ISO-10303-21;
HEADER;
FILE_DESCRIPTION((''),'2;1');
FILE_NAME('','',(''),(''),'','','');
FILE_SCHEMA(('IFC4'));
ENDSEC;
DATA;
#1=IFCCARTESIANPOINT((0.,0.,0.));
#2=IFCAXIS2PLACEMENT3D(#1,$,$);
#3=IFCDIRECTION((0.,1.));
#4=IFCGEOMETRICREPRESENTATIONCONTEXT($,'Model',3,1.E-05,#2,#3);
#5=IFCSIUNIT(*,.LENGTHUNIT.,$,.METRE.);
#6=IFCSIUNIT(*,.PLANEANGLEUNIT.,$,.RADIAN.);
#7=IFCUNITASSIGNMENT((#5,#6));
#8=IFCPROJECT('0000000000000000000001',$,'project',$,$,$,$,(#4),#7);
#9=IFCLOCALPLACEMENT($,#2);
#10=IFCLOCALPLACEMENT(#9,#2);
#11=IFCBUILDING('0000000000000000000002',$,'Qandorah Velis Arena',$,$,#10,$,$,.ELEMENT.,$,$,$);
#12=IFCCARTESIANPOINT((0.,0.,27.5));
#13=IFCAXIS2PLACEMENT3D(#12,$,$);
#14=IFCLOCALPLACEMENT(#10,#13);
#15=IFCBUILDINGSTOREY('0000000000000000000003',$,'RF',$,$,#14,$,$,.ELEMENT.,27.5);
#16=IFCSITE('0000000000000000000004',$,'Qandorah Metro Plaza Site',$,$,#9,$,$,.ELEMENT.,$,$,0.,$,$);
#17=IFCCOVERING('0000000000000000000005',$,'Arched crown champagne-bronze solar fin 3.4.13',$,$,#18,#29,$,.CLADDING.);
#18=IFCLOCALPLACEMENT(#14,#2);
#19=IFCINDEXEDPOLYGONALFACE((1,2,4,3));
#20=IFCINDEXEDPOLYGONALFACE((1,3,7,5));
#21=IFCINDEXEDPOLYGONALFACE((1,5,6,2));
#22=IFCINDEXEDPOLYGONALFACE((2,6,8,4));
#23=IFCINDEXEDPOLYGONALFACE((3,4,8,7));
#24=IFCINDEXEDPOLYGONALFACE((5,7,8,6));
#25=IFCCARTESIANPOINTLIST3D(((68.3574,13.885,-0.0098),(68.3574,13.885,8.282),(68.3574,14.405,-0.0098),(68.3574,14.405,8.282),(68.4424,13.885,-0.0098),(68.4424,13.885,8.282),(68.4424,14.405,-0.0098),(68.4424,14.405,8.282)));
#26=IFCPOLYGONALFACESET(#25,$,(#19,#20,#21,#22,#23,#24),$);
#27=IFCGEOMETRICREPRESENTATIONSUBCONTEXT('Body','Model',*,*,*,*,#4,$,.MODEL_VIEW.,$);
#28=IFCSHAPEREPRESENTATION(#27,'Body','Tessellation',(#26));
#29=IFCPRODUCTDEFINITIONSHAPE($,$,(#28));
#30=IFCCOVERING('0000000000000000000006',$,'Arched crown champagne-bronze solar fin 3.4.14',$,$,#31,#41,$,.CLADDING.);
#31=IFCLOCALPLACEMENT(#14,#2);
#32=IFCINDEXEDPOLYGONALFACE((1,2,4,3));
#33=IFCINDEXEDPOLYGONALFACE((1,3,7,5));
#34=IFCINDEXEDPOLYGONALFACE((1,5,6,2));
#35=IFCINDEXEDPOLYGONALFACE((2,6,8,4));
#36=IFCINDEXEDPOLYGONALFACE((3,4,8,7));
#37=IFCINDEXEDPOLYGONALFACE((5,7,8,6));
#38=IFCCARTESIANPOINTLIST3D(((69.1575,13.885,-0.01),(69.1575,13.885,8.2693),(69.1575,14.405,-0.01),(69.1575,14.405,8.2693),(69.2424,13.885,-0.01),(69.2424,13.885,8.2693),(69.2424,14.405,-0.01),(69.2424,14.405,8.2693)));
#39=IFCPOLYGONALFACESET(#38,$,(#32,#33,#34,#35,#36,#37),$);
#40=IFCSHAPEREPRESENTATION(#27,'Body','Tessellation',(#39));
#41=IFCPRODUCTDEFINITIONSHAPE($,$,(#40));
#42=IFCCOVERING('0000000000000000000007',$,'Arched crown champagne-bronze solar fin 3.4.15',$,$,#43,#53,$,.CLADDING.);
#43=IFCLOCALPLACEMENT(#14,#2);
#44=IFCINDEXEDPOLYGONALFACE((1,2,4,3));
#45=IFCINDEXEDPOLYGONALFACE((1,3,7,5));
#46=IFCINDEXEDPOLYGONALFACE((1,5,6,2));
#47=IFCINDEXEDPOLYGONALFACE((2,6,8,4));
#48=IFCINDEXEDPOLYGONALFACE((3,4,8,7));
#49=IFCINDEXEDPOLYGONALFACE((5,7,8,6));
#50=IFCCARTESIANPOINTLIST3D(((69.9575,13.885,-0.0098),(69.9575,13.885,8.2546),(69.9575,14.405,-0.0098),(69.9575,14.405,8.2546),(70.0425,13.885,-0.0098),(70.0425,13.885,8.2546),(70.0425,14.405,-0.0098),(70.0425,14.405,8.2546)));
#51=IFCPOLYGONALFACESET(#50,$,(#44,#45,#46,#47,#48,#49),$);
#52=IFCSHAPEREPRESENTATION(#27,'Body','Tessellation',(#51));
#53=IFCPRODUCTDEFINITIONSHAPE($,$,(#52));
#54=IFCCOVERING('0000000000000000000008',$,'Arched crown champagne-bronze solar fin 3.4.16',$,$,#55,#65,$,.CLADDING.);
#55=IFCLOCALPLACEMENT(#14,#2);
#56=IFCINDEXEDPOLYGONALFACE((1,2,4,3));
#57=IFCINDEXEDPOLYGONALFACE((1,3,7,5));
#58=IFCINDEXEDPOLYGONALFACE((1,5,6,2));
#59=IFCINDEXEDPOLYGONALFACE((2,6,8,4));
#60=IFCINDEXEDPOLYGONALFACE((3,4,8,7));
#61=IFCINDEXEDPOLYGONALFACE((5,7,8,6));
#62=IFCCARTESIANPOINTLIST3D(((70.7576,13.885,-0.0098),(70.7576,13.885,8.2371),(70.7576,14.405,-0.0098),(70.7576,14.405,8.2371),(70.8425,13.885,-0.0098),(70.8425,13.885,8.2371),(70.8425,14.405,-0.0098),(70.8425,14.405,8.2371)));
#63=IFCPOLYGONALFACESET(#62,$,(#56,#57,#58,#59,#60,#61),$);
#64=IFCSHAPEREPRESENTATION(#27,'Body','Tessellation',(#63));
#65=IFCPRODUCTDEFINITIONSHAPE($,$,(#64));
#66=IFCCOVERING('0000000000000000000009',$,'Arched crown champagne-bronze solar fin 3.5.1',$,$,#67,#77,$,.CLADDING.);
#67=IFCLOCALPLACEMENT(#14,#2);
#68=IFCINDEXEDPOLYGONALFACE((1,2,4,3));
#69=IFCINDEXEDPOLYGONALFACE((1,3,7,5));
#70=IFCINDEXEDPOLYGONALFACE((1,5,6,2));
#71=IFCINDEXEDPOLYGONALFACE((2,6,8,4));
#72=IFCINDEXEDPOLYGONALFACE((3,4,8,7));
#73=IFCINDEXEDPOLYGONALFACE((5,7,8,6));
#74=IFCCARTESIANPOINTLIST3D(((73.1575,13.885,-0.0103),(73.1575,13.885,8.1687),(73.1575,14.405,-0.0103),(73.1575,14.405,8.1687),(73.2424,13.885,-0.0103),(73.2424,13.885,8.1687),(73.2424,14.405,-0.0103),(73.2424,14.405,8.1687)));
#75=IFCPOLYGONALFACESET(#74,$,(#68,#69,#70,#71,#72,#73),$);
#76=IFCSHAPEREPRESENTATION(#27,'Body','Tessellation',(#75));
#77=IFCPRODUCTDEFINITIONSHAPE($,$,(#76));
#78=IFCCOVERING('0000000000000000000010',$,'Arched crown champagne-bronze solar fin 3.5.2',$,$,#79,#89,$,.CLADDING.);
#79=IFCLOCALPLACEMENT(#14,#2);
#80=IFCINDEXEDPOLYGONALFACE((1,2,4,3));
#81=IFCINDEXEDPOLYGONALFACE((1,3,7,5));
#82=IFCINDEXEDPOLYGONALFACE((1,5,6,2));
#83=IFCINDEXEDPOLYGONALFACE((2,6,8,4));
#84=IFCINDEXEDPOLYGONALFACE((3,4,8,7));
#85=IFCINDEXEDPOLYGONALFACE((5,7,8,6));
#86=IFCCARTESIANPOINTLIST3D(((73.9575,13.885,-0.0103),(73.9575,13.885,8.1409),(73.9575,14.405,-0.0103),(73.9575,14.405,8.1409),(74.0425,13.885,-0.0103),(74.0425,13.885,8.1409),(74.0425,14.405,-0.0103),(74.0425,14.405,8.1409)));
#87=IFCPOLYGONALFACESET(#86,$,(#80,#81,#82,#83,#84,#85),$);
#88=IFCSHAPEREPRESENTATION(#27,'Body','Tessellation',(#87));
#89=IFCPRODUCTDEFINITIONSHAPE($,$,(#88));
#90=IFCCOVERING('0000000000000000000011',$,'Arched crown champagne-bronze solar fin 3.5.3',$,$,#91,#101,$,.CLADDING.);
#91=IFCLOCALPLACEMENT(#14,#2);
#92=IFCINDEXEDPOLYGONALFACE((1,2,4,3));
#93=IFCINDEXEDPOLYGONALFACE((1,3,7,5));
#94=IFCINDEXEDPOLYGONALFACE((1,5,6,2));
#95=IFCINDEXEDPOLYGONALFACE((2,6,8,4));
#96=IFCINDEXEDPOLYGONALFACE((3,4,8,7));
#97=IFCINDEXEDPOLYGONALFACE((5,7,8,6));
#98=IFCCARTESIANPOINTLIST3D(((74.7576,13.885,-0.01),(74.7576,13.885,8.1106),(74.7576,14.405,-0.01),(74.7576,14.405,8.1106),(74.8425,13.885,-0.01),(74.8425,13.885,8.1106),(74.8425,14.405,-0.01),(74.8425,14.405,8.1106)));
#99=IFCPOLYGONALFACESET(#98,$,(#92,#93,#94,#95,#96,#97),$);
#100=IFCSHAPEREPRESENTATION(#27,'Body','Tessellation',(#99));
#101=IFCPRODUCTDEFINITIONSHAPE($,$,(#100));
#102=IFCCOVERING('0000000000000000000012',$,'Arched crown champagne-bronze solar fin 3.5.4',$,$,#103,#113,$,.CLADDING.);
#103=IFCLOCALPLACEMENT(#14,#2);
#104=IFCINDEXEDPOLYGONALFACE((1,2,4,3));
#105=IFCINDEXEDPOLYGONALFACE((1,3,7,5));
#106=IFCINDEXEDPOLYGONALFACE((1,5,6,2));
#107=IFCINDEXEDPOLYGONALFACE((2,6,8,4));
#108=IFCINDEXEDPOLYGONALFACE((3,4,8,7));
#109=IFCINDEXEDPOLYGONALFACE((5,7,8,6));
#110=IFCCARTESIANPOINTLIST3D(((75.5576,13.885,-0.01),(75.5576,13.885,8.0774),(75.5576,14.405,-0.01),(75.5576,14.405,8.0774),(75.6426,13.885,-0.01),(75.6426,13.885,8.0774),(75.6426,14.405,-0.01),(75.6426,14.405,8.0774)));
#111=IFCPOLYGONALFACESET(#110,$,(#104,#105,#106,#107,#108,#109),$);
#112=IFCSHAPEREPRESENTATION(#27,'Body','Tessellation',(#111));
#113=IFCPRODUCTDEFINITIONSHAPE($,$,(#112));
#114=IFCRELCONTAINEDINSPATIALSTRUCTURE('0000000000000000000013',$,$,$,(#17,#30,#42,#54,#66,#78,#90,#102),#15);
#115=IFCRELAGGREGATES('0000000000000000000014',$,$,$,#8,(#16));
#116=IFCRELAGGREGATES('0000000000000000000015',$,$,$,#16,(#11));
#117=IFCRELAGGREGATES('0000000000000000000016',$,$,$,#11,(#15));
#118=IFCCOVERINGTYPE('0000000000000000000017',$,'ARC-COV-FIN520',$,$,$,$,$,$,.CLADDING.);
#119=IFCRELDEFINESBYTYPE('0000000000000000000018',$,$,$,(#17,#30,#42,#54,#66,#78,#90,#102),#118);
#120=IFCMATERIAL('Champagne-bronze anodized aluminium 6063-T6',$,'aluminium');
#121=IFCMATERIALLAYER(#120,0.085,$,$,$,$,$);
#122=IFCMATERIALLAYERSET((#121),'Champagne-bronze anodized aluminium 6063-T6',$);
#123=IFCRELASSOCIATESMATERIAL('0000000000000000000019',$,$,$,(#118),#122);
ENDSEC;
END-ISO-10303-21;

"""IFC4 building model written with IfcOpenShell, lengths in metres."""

from ifc_helpers import new_model, si_unit, direction, frame, origin, origin_2d, place, context, subcontext, project, spatial, rectangle, extrude, material, layer, layer_set, type_object, element, save


model = new_model("IFC4")

# Units and contexts
model_context = context("Model", 3, precision=1e-05, world=origin(), true_north=direction((0.0, 1.0)))
body_context = subcontext(model_context, "Body", "Model", "MODEL_VIEW")
ifc_project = project(units=[si_unit("LENGTHUNIT", "METRE"), si_unit("PLANEANGLEUNIT", "RADIAN")], contexts=[model_context])

# Site, building, storey
site_placement = place(None, origin())
site = spatial("IfcSite", under=ifc_project, at=site_placement, Name="Qandorah Metro Plaza Site", CompositionType="ELEMENT", RefElevation=0.0)
building_placement = place(site_placement, origin())
building = spatial("IfcBuilding", under=site, at=building_placement, Name="Qandorah Velis Arena", CompositionType="ELEMENT")
storey_placement = place(building_placement, frame((0.0, 0.0, 27.5)))
storey = spatial("IfcBuildingStorey", under=building, at=storey_placement, Name="RF", CompositionType="ELEMENT", Elevation=27.5)

# Shared definitions
ifc_material_1 = material(Name="Champagne-bronze anodized aluminium 6063-T6", Category="aluminium")

# Coverings
ifc_layer_1 = layer(ifc_material_1, 0.085)
ifc_layer_set_1 = layer_set([ifc_layer_1], Name="Champagne-bronze anodized aluminium 6063-T6")
covering_type = type_object("IfcCoveringType", Name="ARC-COV-FIN520", PredefinedType="CLADDING", material=ifc_layer_set_1)
covering_1_placement = place(storey_placement, frame((68.3999, 14.145, -0.0098), z_axis=(0.0, 0.0, 1.0), x_axis=(1.0, 0.0, 0.0)))
element("IfcCovering", 1, at=covering_1_placement, inside=storey, type_object=covering_type, Name="Arched crown champagne-bronze solar fin 3.4.13", PredefinedType="CLADDING", context=body_context, shape_type="SweptSolid", body=[
    extrude(rectangle(XDim=0.085, YDim=0.52, at=origin_2d()), origin(), (0.0, 0.0, 1.0), 8.2917),
])
covering_2_placement = place(storey_placement, frame((69.2, 14.145, -0.01), z_axis=(0.0, 0.0, 1.0), x_axis=(1.0, 0.0, 0.0)))
element("IfcCovering", 2, at=covering_2_placement, inside=storey, type_object=covering_type, Name="Arched crown champagne-bronze solar fin 3.4.14", PredefinedType="CLADDING", context=body_context, shape_type="SweptSolid", body=[
    extrude(rectangle(XDim=0.085, YDim=0.52, at=origin_2d()), origin(), (0.0, 0.0, 1.0), 8.2793),
])
covering_3_placement = place(storey_placement, frame((70.0, 14.145, -0.0098), z_axis=(0.0, 0.0, 1.0), x_axis=(1.0, 0.0, 0.0)))
element("IfcCovering", 3, at=covering_3_placement, inside=storey, type_object=covering_type, Name="Arched crown champagne-bronze solar fin 3.4.15", PredefinedType="CLADDING", context=body_context, shape_type="SweptSolid", body=[
    extrude(rectangle(XDim=0.085, YDim=0.52, at=origin_2d()), origin(), (0.0, 0.0, 1.0), 8.2644),
])
covering_4_placement = place(storey_placement, frame((70.8, 14.145, -0.0098), z_axis=(0.0, 0.0, 1.0), x_axis=(1.0, 0.0, 0.0)))
element("IfcCovering", 4, at=covering_4_placement, inside=storey, type_object=covering_type, Name="Arched crown champagne-bronze solar fin 3.4.16", PredefinedType="CLADDING", context=body_context, shape_type="SweptSolid", body=[
    extrude(rectangle(XDim=0.085, YDim=0.52, at=origin_2d()), origin(), (0.0, 0.0, 1.0), 8.2468),
])
covering_5_placement = place(storey_placement, frame((73.2, 14.145, -0.0103), z_axis=(0.0, 0.0, 1.0), x_axis=(1.0, 0.0, 0.0)))
element("IfcCovering", 5, at=covering_5_placement, inside=storey, type_object=covering_type, Name="Arched crown champagne-bronze solar fin 3.5.1", PredefinedType="CLADDING", context=body_context, shape_type="SweptSolid", body=[
    extrude(rectangle(XDim=0.085, YDim=0.52, at=origin_2d()), origin(), (0.0, 0.0, 1.0), 8.179),
])
covering_6_placement = place(storey_placement, frame((74.0, 14.145, -0.0103), z_axis=(0.0, 0.0, 1.0), x_axis=(1.0, 0.0, 0.0)))
element("IfcCovering", 6, at=covering_6_placement, inside=storey, type_object=covering_type, Name="Arched crown champagne-bronze solar fin 3.5.2", PredefinedType="CLADDING", context=body_context, shape_type="SweptSolid", body=[
    extrude(rectangle(XDim=0.085, YDim=0.52, at=origin_2d()), origin(), (0.0, 0.0, 1.0), 8.1511),
])
covering_7_placement = place(storey_placement, frame((74.8, 14.145, -0.01), z_axis=(0.0, 0.0, 1.0), x_axis=(1.0, 0.0, 0.0)))
element("IfcCovering", 7, at=covering_7_placement, inside=storey, type_object=covering_type, Name="Arched crown champagne-bronze solar fin 3.5.3", PredefinedType="CLADDING", context=body_context, shape_type="SweptSolid", body=[
    extrude(rectangle(XDim=0.085, YDim=0.52, at=origin_2d()), origin(), (0.0, 0.0, 1.0), 8.1206),
])
covering_8_placement = place(storey_placement, frame((75.6001, 14.145, -0.01), z_axis=(0.0, 0.0, 1.0), x_axis=(1.0, 0.0, 0.0)))
element("IfcCovering", 8, at=covering_8_placement, inside=storey, type_object=covering_type, Name="Arched crown champagne-bronze solar fin 3.5.4", PredefinedType="CLADDING", context=body_context, shape_type="SweptSolid", body=[
    extrude(rectangle(XDim=0.085, YDim=0.52, at=origin_2d()), origin(), (0.0, 0.0, 1.0), 8.0874),
])

save(model, "model.ifc")
